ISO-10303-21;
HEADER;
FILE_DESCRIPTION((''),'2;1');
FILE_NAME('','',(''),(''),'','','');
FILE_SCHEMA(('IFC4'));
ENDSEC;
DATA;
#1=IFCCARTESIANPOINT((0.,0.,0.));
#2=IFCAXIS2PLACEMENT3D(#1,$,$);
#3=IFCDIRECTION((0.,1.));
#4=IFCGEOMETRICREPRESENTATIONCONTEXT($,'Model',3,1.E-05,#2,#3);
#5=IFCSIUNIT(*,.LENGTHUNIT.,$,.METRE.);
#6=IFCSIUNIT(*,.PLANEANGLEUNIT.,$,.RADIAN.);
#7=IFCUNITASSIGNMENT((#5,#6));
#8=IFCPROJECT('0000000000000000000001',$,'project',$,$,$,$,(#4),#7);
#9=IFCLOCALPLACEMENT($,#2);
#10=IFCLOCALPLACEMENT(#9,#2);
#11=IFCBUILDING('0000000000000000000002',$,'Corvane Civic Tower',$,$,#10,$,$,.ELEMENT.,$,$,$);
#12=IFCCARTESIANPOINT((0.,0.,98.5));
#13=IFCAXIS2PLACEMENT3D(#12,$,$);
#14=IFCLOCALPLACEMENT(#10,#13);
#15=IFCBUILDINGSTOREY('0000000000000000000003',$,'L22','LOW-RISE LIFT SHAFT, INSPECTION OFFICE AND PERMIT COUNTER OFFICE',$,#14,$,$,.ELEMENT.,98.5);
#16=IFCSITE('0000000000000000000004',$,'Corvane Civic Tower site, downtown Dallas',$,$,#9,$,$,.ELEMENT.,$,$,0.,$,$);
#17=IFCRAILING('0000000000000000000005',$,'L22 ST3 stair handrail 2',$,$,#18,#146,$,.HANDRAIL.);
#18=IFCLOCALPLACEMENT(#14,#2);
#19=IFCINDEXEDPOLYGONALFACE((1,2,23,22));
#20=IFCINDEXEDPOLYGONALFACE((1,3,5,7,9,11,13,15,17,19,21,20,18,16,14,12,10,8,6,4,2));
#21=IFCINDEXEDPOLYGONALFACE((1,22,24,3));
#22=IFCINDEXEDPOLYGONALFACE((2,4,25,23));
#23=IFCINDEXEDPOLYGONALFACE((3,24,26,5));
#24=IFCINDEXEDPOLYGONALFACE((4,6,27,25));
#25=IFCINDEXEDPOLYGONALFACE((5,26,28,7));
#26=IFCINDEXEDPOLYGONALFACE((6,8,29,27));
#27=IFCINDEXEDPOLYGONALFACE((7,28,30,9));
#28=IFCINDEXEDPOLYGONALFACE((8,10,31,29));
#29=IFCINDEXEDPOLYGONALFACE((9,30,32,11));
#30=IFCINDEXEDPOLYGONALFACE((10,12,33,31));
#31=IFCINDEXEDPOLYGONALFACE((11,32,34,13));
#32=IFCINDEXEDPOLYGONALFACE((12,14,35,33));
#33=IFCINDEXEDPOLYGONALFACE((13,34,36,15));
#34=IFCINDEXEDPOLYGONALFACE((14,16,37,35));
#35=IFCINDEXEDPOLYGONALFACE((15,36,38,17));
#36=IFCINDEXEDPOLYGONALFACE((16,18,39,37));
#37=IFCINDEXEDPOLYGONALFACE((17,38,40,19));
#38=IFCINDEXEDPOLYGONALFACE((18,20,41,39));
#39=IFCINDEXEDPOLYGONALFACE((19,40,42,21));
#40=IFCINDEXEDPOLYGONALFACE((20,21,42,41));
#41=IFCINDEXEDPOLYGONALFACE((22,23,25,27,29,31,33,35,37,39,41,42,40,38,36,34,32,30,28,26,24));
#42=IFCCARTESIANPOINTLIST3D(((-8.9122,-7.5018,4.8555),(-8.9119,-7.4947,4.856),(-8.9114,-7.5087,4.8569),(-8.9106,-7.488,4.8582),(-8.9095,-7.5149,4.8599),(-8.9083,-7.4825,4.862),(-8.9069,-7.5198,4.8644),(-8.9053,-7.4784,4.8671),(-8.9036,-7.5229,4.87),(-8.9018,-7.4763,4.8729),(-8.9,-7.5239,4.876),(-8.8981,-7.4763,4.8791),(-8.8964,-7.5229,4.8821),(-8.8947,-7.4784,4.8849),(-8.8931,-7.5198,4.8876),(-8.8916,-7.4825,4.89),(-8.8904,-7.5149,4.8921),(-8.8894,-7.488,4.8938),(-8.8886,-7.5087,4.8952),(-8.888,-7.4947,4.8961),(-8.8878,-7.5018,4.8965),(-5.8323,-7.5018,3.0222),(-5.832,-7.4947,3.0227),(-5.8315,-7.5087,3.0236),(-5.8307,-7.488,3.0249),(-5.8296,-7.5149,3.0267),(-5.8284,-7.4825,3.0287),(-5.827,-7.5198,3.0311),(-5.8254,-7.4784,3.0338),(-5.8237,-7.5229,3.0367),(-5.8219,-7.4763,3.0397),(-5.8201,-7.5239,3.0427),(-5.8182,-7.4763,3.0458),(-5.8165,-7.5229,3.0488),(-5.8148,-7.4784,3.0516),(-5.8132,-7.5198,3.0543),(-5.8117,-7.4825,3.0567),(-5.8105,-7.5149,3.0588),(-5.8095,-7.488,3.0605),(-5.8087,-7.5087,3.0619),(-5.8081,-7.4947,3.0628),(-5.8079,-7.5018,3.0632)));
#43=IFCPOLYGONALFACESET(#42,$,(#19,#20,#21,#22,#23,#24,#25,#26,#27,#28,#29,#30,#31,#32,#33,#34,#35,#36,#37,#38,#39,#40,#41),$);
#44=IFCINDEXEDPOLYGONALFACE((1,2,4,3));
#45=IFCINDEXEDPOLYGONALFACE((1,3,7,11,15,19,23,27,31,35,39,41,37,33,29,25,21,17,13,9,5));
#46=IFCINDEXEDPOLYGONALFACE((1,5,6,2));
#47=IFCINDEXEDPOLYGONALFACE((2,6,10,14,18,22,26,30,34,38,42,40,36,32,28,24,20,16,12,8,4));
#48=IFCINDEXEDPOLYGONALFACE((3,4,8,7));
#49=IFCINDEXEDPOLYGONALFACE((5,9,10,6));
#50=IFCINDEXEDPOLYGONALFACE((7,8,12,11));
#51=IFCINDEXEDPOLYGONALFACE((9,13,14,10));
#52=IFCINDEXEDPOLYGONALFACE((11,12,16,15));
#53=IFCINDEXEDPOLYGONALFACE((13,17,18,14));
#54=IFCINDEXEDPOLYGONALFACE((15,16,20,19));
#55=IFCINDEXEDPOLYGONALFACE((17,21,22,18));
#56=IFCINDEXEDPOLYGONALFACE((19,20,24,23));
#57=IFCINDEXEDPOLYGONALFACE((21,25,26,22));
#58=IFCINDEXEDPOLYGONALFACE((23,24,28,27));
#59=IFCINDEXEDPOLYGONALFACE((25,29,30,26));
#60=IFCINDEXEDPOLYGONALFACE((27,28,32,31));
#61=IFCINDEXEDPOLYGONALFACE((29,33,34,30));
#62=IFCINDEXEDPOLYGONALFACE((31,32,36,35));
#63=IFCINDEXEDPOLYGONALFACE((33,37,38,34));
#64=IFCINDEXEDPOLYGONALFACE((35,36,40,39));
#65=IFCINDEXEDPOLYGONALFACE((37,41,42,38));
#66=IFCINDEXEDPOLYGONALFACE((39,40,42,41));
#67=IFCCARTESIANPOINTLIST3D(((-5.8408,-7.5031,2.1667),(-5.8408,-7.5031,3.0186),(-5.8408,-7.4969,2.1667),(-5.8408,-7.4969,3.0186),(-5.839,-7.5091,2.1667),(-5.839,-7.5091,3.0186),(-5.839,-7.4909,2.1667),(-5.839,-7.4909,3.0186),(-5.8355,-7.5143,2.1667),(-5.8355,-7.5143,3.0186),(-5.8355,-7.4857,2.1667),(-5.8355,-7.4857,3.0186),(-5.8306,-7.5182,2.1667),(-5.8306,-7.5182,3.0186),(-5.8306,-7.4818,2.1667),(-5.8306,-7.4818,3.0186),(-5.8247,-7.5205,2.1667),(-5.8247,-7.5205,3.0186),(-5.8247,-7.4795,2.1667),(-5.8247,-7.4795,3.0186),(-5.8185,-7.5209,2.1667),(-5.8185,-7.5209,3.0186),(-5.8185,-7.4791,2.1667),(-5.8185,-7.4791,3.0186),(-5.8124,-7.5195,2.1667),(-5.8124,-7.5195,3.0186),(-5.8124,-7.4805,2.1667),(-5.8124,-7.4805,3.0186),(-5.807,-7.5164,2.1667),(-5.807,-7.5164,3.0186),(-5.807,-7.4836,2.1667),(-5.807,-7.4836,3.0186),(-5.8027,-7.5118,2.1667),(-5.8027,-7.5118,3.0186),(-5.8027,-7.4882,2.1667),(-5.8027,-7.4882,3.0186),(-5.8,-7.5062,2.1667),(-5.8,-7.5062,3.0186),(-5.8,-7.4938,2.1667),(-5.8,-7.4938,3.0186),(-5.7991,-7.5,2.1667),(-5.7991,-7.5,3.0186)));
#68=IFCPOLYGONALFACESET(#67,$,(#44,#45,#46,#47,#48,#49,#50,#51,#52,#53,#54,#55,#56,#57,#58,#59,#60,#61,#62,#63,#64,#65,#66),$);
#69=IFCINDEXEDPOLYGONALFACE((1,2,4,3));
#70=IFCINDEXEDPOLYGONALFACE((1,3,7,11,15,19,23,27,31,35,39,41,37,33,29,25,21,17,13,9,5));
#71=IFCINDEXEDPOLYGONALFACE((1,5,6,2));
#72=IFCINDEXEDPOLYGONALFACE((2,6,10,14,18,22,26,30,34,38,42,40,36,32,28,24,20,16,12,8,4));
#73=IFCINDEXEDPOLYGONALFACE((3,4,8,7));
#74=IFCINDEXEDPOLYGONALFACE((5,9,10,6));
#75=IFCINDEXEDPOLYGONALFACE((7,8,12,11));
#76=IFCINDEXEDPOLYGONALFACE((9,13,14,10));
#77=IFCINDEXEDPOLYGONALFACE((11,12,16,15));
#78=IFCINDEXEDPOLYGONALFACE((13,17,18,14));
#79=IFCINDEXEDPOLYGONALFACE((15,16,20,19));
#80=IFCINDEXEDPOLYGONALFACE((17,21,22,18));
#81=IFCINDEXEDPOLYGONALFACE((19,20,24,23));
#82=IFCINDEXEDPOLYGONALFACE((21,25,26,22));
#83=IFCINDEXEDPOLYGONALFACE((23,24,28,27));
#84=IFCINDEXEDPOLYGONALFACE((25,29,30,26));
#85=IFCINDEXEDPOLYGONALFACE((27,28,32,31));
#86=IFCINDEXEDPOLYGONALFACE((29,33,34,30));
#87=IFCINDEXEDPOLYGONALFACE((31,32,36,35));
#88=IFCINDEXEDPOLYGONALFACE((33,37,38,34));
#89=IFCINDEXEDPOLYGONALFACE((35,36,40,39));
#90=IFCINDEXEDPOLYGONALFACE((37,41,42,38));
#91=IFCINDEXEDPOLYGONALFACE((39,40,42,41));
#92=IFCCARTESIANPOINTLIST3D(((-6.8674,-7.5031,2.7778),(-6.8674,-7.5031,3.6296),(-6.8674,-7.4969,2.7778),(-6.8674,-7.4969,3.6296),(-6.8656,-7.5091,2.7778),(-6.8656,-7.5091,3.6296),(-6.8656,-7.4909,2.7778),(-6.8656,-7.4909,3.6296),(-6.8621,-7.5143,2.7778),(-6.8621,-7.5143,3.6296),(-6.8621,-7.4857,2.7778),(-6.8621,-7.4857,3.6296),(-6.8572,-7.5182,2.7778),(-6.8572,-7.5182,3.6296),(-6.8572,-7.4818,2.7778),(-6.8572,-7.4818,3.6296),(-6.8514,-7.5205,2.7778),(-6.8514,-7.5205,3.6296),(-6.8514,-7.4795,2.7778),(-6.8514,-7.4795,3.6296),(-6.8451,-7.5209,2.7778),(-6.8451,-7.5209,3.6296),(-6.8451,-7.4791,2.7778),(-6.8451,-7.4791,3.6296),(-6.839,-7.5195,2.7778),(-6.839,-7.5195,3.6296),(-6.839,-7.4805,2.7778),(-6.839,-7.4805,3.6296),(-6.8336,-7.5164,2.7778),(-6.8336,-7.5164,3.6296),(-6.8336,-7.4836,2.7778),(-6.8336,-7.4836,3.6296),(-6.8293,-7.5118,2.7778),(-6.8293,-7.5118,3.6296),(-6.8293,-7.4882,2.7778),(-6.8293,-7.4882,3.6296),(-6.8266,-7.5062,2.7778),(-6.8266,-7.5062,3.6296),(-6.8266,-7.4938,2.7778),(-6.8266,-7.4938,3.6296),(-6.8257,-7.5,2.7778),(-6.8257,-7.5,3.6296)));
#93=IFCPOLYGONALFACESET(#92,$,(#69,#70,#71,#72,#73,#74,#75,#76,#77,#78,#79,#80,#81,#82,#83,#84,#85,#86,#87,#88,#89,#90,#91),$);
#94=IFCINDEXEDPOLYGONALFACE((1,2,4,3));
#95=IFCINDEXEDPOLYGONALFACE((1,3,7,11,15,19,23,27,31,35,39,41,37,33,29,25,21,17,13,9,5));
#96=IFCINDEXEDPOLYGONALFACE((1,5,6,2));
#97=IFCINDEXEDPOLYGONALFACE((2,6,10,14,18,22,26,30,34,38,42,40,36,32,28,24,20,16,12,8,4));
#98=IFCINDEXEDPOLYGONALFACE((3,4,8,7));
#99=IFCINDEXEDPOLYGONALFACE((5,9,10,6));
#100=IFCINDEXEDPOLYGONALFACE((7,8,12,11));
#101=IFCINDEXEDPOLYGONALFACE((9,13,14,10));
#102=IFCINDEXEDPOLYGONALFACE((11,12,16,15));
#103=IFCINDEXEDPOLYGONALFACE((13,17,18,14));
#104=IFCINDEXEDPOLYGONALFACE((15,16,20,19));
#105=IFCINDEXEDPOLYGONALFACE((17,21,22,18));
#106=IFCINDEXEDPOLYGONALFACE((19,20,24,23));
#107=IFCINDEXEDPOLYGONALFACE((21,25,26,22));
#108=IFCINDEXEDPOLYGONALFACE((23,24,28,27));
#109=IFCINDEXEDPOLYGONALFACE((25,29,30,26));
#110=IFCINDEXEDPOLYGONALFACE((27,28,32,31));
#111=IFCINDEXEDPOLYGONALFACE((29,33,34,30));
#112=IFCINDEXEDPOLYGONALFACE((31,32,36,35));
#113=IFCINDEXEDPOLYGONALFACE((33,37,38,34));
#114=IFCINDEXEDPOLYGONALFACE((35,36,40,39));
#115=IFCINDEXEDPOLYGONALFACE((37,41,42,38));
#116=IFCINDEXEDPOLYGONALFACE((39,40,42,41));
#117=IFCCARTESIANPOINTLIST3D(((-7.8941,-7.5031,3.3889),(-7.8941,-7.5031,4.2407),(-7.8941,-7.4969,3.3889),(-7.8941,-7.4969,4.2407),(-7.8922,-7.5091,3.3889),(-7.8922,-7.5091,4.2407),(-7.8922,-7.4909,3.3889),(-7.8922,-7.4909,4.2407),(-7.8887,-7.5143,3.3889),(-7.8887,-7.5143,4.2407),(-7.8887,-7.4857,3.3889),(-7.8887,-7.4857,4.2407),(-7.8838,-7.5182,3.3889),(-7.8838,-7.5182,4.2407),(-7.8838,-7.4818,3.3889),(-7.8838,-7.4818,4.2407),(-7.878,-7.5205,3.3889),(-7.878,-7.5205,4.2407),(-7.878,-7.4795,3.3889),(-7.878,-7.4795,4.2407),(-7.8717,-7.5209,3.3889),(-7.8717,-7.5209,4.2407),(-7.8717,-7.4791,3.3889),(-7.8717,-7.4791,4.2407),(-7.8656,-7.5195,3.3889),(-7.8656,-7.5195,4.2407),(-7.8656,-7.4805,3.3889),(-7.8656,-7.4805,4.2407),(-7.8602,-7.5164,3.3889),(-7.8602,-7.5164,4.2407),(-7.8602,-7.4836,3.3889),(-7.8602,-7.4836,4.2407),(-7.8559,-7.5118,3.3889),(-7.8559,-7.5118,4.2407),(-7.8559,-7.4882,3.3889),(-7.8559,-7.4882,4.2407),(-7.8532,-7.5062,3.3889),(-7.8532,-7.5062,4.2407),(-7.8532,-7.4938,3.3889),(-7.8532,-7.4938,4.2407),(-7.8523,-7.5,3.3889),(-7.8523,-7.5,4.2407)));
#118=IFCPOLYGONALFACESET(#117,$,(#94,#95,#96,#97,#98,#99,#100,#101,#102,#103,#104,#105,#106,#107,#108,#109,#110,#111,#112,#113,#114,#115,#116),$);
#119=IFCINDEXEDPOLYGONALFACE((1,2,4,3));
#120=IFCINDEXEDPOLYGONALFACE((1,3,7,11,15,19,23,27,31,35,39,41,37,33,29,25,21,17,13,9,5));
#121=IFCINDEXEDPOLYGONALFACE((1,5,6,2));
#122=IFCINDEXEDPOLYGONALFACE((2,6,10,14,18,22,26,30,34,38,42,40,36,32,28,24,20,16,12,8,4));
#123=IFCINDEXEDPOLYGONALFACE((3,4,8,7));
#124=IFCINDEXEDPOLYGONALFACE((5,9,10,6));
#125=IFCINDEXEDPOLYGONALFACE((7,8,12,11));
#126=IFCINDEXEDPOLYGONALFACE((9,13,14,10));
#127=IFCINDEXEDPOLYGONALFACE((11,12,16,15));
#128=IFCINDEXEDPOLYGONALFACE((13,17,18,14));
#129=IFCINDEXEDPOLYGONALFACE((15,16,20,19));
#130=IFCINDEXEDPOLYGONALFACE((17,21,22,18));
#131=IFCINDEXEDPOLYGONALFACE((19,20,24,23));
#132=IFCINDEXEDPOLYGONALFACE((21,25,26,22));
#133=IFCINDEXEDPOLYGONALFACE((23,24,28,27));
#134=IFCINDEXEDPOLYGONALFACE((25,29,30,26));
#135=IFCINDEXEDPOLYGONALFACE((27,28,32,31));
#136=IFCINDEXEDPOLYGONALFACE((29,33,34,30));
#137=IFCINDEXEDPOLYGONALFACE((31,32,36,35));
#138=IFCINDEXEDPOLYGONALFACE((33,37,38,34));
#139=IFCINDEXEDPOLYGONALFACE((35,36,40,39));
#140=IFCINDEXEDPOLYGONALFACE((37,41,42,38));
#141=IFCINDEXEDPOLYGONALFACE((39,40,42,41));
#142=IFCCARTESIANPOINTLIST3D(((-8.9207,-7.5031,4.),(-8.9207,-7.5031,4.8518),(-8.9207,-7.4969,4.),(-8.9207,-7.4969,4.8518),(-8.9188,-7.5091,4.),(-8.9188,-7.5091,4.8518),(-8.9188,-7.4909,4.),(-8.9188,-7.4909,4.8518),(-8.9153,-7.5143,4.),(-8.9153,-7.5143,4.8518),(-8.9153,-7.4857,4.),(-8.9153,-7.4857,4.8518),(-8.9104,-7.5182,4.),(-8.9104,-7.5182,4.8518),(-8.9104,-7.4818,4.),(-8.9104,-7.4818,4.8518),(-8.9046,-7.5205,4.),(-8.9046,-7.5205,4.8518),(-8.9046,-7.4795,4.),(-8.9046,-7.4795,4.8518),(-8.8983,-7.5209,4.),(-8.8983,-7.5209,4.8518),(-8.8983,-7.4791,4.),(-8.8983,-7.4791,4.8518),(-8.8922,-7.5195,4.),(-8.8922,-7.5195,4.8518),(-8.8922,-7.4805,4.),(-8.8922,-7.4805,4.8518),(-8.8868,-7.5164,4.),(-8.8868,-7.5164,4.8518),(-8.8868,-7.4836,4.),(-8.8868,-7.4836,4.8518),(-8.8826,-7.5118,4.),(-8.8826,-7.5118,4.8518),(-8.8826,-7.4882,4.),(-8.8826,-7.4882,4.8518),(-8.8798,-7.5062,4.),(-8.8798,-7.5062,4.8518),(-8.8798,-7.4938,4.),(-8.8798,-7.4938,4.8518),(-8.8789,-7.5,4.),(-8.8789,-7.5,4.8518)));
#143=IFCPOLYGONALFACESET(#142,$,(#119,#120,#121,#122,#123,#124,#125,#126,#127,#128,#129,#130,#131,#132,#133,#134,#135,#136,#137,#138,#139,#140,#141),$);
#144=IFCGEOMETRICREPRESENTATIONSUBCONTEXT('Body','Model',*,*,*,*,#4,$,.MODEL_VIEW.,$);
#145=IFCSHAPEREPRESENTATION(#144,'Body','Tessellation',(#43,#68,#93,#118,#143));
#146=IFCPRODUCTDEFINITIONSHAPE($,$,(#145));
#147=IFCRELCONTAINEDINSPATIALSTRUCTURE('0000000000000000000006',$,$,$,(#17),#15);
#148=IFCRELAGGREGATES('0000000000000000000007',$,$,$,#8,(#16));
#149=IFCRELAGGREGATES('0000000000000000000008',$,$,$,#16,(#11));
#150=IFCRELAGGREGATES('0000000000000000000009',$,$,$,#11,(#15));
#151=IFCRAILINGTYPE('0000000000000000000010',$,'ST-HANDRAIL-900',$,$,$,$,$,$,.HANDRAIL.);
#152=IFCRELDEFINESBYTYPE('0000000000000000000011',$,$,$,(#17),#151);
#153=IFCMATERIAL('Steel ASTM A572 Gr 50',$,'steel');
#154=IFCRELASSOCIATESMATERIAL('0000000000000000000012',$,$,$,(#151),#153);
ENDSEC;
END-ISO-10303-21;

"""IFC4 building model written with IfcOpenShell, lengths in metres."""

from ifc_helpers import new_model, si_unit, direction, frame, origin, origin_2d, place, context, subcontext, project, spatial, circle, extrude, material, type_object, element, save


model = new_model("IFC4")

# Units and contexts
model_context = context("Model", 3, precision=1e-05, world=origin(), true_north=direction((0.0, 1.0)))
body_context = subcontext(model_context, "Body", "Model", "MODEL_VIEW")
ifc_project = project(units=[si_unit("LENGTHUNIT", "METRE"), si_unit("PLANEANGLEUNIT", "RADIAN")], contexts=[model_context])

# Site, building, storey
site_placement = place(None, origin())
site = spatial("IfcSite", under=ifc_project, at=site_placement, Name="Corvane Civic Tower site, downtown Dallas", CompositionType="ELEMENT", RefElevation=0.0)
building_placement = place(site_placement, origin())
building = spatial("IfcBuilding", under=site, at=building_placement, Name="Corvane Civic Tower", CompositionType="ELEMENT")
storey_placement = place(building_placement, frame((0.0, 0.0, 98.5)))
storey = spatial("IfcBuildingStorey", under=building, at=storey_placement, Name="L22", Description="LOW-RISE LIFT SHAFT, INSPECTION OFFICE AND PERMIT COUNTER OFFICE", CompositionType="ELEMENT", Elevation=98.5)

# Railing
ifc_material_1 = material(Name="Steel ASTM A572 Gr 50", Category="steel")
railing_type_1 = type_object("IfcRailingType", Name="ST-HANDRAIL-900", PredefinedType="HANDRAIL", material=ifc_material_1)
railing_1_placement = place(storey_placement, frame((-5.8201, -7.5, 2.1667)))
element("IfcRailing", 1, at=railing_1_placement, inside=storey, type_object=railing_type_1, Name="L22 ST3 stair handrail 2", PredefinedType="HANDRAIL", context=body_context, shape_type="SweptSolid", body=[
    extrude(circle(Radius=0.0239, at=origin_2d()), frame((0.0, 0.0, 0.876), z_axis=(-0.859291, 0.0, 0.511487), x_axis=(0.0, -1.0, 0.0)), (0.0, 0.0, 1.0), 3.5842),
    extrude(circle(Radius=0.021, at=origin_2d()), origin(), (0.0, 0.0, 1.0), 0.8518),
    extrude(circle(Radius=0.021, at=origin_2d()), frame((-1.0266, 0.0, 0.6111)), (0.0, 0.0, 1.0), 0.8518),
    extrude(circle(Radius=0.021, at=origin_2d()), frame((-2.0532, 0.0, 1.2222)), (0.0, 0.0, 1.0), 0.8518),
    extrude(circle(Radius=0.021, at=origin_2d()), frame((-3.0798, 0.0, 1.8333)), (0.0, 0.0, 1.0), 0.8518),
])

save(model, "model.ifc")
